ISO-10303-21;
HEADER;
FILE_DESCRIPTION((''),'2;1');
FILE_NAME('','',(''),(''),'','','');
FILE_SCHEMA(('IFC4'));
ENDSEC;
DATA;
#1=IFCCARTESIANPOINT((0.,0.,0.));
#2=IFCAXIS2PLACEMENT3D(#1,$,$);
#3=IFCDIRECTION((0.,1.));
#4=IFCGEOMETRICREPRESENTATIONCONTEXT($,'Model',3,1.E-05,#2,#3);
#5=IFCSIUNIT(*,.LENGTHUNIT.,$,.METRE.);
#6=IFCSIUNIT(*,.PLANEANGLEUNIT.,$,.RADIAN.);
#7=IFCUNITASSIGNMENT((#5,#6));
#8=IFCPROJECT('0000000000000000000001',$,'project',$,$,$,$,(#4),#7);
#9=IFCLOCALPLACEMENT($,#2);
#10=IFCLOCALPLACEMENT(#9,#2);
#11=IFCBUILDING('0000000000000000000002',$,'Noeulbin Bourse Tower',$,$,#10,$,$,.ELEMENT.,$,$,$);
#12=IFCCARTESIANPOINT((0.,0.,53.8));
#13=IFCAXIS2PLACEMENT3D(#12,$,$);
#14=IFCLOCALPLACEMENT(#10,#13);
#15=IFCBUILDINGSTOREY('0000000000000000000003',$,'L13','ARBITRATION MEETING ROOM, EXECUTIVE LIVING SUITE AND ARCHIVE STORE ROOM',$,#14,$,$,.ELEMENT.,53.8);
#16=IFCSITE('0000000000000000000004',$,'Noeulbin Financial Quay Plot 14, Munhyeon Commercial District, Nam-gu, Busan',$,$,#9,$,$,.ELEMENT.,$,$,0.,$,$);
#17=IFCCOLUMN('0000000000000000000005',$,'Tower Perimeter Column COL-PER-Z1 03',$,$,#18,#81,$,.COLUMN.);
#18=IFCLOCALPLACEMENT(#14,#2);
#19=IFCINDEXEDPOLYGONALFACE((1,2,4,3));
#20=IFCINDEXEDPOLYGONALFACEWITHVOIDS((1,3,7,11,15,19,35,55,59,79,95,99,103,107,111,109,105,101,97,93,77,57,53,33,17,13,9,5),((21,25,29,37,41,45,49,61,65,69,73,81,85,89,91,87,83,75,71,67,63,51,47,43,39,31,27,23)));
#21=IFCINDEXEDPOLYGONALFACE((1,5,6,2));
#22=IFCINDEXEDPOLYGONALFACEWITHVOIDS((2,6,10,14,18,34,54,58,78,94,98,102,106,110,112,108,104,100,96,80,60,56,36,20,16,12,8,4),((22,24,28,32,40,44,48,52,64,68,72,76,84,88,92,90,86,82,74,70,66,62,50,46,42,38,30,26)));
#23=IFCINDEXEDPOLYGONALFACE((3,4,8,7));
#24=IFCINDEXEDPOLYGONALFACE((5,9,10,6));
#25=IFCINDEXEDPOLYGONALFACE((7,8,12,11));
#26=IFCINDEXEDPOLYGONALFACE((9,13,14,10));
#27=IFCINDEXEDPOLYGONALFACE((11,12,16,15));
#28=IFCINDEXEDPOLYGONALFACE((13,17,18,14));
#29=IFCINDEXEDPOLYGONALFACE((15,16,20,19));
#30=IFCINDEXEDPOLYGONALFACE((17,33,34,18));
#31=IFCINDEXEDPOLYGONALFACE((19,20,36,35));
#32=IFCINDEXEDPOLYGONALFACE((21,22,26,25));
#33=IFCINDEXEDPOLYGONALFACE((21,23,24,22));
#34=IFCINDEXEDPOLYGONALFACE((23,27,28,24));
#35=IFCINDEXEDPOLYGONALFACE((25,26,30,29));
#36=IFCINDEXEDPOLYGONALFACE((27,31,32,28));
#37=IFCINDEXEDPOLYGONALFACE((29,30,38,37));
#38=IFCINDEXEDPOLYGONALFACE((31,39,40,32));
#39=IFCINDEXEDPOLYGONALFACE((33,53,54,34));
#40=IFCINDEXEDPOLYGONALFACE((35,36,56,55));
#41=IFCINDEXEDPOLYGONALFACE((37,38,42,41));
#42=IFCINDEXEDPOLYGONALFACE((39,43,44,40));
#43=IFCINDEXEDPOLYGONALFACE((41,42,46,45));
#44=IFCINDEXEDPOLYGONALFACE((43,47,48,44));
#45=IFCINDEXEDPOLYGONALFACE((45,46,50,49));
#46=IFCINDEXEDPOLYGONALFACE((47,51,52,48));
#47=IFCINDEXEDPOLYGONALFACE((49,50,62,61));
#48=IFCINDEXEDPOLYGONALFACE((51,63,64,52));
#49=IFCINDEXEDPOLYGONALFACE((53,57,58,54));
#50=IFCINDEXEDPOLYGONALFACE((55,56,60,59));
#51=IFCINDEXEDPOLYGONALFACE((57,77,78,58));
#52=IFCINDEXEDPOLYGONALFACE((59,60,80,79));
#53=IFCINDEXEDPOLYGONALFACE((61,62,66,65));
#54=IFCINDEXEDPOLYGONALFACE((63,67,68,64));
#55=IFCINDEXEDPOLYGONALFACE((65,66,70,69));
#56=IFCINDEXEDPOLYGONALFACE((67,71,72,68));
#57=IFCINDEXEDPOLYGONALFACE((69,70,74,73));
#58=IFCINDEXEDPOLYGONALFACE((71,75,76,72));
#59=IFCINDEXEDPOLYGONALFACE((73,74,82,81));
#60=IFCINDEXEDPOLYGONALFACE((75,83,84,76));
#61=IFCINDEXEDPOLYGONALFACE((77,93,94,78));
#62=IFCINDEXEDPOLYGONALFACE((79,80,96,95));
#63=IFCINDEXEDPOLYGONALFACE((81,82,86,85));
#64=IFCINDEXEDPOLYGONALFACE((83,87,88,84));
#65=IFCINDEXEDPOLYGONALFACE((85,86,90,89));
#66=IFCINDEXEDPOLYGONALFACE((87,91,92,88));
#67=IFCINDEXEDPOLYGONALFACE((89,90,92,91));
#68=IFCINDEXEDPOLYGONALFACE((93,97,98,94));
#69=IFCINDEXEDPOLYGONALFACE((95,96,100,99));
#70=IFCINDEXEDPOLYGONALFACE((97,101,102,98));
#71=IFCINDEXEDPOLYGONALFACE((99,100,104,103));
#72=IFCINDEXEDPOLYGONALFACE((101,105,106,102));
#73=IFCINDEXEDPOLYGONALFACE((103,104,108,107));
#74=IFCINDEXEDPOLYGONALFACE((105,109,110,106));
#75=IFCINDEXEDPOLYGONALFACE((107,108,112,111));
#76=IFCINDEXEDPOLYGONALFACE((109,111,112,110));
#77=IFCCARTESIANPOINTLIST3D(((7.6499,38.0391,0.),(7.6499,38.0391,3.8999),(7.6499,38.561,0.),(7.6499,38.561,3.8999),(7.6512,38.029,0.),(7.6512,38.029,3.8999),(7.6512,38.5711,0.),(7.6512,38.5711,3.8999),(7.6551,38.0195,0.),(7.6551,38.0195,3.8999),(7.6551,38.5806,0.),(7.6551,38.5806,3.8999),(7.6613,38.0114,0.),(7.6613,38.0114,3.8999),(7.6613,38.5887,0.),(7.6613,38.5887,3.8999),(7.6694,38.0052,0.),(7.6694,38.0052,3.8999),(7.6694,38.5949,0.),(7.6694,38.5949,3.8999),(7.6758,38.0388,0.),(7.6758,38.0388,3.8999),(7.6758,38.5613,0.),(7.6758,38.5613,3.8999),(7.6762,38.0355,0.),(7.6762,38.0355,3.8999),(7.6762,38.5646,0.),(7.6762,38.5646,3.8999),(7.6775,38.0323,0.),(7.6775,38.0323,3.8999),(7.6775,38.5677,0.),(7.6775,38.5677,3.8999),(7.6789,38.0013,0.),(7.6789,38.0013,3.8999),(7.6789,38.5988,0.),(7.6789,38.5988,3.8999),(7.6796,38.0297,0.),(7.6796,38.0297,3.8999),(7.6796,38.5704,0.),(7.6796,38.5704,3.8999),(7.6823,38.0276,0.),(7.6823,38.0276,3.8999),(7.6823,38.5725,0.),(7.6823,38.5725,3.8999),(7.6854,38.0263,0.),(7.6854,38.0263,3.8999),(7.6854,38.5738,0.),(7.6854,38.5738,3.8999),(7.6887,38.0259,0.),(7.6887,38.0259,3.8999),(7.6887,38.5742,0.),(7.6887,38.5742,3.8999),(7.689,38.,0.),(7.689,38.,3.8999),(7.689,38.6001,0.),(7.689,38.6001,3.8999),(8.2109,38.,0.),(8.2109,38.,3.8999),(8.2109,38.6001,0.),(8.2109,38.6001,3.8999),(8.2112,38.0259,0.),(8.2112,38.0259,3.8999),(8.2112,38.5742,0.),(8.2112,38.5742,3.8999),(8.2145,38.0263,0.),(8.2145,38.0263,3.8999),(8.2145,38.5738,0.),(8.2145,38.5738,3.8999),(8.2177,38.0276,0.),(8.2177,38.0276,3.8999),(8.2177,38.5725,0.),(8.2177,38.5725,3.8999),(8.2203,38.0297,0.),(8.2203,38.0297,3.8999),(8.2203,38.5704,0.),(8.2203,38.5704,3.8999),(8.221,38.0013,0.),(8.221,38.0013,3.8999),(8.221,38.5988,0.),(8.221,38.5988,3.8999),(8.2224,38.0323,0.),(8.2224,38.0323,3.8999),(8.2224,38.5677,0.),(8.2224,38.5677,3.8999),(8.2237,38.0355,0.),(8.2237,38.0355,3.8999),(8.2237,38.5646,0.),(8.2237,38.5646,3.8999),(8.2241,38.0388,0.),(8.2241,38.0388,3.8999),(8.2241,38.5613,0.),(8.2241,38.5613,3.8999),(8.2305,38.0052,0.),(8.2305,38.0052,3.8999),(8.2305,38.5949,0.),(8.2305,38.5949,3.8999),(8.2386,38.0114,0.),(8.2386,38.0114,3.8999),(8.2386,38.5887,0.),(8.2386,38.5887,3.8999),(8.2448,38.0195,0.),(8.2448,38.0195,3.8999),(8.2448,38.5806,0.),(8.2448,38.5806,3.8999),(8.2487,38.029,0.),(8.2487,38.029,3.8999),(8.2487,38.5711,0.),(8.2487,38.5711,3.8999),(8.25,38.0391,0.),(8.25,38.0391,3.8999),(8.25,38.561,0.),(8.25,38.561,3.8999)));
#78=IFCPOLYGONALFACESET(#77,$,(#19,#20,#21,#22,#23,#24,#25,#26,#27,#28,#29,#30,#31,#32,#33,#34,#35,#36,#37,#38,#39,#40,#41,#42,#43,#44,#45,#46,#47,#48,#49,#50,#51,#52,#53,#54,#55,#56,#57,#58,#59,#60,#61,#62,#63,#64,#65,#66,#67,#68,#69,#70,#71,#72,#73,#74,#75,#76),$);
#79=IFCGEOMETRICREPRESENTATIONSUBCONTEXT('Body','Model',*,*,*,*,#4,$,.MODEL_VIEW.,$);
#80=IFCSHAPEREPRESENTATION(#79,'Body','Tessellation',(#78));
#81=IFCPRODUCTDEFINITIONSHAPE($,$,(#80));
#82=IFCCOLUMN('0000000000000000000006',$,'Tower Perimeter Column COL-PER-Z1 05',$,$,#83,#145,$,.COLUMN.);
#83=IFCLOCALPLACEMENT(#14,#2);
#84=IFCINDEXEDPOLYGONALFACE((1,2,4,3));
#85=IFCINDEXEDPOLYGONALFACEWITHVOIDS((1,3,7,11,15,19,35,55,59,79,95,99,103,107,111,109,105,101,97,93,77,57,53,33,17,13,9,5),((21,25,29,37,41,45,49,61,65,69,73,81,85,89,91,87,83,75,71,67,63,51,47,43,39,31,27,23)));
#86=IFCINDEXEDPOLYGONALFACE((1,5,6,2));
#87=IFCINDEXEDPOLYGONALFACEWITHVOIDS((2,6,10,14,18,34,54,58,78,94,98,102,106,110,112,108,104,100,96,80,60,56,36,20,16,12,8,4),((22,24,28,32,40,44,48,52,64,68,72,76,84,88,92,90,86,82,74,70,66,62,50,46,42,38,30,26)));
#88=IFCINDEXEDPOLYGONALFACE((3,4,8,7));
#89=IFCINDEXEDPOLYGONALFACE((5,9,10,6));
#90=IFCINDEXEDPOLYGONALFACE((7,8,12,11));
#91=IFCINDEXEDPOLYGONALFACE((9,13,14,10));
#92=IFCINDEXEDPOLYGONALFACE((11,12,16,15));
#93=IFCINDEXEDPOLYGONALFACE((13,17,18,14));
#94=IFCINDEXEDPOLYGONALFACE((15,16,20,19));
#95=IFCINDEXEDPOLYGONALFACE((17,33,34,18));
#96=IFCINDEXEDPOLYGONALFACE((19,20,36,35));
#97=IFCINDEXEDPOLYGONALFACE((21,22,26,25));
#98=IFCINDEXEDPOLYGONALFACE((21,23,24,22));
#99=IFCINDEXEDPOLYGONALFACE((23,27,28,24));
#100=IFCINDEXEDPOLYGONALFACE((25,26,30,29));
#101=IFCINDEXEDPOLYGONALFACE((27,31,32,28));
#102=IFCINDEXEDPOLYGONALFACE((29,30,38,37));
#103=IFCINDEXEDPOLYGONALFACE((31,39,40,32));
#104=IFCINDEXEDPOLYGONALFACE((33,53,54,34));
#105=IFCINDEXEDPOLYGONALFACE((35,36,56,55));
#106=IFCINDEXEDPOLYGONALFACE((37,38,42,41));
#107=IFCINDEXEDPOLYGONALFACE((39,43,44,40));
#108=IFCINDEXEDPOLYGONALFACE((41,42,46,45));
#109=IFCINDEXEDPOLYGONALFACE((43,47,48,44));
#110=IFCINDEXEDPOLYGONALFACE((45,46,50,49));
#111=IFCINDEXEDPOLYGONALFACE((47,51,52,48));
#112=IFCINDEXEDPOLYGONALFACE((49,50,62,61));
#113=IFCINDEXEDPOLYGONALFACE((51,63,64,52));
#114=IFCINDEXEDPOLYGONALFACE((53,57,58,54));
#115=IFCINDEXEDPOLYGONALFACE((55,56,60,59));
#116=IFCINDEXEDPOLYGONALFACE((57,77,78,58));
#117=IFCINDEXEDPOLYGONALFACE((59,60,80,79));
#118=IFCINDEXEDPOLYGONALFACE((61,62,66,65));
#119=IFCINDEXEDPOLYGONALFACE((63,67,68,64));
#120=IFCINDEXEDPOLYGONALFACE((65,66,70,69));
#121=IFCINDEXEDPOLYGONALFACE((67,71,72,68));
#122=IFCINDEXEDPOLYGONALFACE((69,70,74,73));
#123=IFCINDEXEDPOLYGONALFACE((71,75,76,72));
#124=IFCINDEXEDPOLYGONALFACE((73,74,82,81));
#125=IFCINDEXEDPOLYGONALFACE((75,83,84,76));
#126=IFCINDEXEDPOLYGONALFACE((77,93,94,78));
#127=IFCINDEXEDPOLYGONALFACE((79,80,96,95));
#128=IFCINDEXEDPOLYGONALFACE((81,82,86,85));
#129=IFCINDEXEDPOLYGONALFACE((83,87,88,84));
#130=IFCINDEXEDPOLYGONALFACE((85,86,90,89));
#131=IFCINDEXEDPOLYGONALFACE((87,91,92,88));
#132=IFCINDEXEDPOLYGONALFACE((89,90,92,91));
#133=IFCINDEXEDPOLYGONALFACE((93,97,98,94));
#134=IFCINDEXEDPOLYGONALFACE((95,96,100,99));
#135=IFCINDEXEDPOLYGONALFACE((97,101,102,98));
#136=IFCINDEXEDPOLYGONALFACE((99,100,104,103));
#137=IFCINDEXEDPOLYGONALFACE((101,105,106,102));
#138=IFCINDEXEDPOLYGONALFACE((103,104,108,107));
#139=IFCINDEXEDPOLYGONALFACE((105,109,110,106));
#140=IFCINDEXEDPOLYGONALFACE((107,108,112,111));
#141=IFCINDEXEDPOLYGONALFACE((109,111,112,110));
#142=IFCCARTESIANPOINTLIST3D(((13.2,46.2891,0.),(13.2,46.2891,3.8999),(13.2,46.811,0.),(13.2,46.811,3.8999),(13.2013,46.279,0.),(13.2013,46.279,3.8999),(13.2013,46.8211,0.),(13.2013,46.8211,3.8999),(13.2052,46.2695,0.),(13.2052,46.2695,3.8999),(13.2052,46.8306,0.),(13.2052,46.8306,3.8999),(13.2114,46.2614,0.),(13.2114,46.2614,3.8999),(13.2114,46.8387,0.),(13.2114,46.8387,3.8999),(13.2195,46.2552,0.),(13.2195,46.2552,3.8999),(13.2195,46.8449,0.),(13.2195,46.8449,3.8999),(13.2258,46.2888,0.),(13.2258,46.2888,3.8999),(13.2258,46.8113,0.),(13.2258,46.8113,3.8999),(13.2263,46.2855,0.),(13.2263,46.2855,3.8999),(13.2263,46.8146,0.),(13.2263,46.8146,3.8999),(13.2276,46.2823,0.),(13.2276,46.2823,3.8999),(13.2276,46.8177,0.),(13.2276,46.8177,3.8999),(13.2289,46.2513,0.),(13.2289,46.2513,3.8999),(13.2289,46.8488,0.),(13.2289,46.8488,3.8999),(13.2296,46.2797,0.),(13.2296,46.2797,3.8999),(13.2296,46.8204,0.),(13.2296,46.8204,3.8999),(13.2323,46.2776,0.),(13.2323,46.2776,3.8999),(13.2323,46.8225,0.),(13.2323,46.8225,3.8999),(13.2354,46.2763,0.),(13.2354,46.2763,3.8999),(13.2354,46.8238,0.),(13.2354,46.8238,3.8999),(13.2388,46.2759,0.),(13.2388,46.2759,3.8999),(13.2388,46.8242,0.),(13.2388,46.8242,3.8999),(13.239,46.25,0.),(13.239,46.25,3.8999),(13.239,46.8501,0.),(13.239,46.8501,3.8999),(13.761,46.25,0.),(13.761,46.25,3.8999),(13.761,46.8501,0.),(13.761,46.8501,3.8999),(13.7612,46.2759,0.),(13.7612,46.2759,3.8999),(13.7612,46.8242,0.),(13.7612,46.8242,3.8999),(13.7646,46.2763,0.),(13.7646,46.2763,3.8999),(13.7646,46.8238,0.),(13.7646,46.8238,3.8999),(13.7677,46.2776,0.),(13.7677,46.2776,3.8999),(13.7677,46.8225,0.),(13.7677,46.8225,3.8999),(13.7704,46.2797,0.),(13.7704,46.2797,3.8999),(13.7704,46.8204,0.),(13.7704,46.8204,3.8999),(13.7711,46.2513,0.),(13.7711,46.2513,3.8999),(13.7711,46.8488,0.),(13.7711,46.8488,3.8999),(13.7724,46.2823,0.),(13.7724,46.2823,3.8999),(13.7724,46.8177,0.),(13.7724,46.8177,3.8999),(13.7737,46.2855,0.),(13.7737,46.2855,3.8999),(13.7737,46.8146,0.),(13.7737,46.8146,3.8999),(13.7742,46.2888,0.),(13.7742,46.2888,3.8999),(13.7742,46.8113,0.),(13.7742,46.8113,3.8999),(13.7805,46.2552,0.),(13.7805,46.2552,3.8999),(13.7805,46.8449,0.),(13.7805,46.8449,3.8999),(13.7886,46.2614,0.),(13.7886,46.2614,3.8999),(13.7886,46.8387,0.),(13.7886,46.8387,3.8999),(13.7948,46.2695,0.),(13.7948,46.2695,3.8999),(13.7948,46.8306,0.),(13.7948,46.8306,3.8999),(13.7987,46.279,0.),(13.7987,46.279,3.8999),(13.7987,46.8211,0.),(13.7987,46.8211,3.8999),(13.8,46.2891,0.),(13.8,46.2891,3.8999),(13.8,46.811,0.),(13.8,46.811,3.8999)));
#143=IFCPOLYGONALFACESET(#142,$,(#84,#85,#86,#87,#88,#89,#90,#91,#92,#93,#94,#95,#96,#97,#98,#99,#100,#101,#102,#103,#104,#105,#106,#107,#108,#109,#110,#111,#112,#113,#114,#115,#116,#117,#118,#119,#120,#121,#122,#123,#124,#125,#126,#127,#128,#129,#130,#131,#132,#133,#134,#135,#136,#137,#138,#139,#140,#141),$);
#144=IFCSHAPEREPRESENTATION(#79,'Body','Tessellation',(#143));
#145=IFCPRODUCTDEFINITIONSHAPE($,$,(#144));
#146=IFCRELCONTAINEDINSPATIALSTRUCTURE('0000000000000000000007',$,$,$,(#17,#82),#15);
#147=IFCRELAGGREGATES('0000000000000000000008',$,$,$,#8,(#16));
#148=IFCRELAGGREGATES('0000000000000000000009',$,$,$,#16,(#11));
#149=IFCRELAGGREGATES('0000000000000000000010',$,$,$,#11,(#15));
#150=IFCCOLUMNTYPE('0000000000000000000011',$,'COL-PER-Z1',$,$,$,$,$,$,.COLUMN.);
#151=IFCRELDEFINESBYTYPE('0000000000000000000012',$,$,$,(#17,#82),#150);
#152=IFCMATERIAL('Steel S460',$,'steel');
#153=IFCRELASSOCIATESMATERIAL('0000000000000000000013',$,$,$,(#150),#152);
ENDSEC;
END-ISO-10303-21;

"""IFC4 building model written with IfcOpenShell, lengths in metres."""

from ifc_helpers import new_model, si_unit, direction, frame, origin, origin_2d, place, context, subcontext, project, spatial, hollow_rectangle, extrude, material, material_profile, profile_set, type_object, element, save


model = new_model("IFC4")

# Units and contexts
model_context = context("Model", 3, precision=1e-05, world=origin(), true_north=direction((0.0, 1.0)))
body_context = subcontext(model_context, "Body", "Model", "MODEL_VIEW")
ifc_project = project(units=[si_unit("LENGTHUNIT", "METRE"), si_unit("PLANEANGLEUNIT", "RADIAN")], contexts=[model_context])

# Site, building, storey
site_placement = place(None, origin())
site = spatial("IfcSite", under=ifc_project, at=site_placement, Name="Noeulbin Financial Quay Plot 14, Munhyeon Commercial District, Nam-gu, Busan", CompositionType="ELEMENT", RefElevation=0.0)
building_placement = place(site_placement, origin())
building = spatial("IfcBuilding", under=site, at=building_placement, Name="Noeulbin Bourse Tower", CompositionType="ELEMENT")
storey_placement = place(building_placement, frame((0.0, 0.0, 53.8)))
storey = spatial("IfcBuildingStorey", under=building, at=storey_placement, Name="L13", Description="ARBITRATION MEETING ROOM, EXECUTIVE LIVING SUITE AND ARCHIVE STORE ROOM", CompositionType="ELEMENT", Elevation=53.8)

# Columns
ifc_material_1 = material(Name="Steel S460", Category="steel")
ifc_material_profile_1 = material_profile(ifc_material_1, hollow_rectangle(XDim=0.6001, YDim=0.6001, WallThickness=0.0259, InnerFilletRadius=0.0129, OuterFilletRadius=0.0391, at=origin_2d()), Name="BOX-600x600x26", Category="LoadBearing")
ifc_profile_set_1 = profile_set([ifc_material_profile_1], Name="Steel S460")
column_type_1 = type_object("IfcColumnType", Name="COL-PER-Z1", PredefinedType="COLUMN", material=ifc_profile_set_1)
for number, where, z_axis, x_axis, name in (
    (1, (7.95, 38.3, 0.0), (0.0, 0.0, 1.0), (1.0, 0.0, 0.0), "Tower Perimeter Column COL-PER-Z1 03"),
    (2, (13.5, 46.55, 0.0), (0.0, 0.0, 1.0), (1.0, 0.0, 0.0), "Tower Perimeter Column COL-PER-Z1 05"),
):
    element("IfcColumn", number, at=place(storey_placement, frame(where, z_axis=z_axis, x_axis=x_axis)), inside=storey, type_object=column_type_1, Name=name, PredefinedType="COLUMN", context=body_context, shape_type="SweptSolid", body=[
        extrude(hollow_rectangle(XDim=0.6001, YDim=0.6001, WallThickness=0.0259, InnerFilletRadius=0.0129, OuterFilletRadius=0.0391, at=origin_2d()), origin(), (0.0, 0.0, 1.0), 3.8999),
    ])

save(model, "model.ifc")
